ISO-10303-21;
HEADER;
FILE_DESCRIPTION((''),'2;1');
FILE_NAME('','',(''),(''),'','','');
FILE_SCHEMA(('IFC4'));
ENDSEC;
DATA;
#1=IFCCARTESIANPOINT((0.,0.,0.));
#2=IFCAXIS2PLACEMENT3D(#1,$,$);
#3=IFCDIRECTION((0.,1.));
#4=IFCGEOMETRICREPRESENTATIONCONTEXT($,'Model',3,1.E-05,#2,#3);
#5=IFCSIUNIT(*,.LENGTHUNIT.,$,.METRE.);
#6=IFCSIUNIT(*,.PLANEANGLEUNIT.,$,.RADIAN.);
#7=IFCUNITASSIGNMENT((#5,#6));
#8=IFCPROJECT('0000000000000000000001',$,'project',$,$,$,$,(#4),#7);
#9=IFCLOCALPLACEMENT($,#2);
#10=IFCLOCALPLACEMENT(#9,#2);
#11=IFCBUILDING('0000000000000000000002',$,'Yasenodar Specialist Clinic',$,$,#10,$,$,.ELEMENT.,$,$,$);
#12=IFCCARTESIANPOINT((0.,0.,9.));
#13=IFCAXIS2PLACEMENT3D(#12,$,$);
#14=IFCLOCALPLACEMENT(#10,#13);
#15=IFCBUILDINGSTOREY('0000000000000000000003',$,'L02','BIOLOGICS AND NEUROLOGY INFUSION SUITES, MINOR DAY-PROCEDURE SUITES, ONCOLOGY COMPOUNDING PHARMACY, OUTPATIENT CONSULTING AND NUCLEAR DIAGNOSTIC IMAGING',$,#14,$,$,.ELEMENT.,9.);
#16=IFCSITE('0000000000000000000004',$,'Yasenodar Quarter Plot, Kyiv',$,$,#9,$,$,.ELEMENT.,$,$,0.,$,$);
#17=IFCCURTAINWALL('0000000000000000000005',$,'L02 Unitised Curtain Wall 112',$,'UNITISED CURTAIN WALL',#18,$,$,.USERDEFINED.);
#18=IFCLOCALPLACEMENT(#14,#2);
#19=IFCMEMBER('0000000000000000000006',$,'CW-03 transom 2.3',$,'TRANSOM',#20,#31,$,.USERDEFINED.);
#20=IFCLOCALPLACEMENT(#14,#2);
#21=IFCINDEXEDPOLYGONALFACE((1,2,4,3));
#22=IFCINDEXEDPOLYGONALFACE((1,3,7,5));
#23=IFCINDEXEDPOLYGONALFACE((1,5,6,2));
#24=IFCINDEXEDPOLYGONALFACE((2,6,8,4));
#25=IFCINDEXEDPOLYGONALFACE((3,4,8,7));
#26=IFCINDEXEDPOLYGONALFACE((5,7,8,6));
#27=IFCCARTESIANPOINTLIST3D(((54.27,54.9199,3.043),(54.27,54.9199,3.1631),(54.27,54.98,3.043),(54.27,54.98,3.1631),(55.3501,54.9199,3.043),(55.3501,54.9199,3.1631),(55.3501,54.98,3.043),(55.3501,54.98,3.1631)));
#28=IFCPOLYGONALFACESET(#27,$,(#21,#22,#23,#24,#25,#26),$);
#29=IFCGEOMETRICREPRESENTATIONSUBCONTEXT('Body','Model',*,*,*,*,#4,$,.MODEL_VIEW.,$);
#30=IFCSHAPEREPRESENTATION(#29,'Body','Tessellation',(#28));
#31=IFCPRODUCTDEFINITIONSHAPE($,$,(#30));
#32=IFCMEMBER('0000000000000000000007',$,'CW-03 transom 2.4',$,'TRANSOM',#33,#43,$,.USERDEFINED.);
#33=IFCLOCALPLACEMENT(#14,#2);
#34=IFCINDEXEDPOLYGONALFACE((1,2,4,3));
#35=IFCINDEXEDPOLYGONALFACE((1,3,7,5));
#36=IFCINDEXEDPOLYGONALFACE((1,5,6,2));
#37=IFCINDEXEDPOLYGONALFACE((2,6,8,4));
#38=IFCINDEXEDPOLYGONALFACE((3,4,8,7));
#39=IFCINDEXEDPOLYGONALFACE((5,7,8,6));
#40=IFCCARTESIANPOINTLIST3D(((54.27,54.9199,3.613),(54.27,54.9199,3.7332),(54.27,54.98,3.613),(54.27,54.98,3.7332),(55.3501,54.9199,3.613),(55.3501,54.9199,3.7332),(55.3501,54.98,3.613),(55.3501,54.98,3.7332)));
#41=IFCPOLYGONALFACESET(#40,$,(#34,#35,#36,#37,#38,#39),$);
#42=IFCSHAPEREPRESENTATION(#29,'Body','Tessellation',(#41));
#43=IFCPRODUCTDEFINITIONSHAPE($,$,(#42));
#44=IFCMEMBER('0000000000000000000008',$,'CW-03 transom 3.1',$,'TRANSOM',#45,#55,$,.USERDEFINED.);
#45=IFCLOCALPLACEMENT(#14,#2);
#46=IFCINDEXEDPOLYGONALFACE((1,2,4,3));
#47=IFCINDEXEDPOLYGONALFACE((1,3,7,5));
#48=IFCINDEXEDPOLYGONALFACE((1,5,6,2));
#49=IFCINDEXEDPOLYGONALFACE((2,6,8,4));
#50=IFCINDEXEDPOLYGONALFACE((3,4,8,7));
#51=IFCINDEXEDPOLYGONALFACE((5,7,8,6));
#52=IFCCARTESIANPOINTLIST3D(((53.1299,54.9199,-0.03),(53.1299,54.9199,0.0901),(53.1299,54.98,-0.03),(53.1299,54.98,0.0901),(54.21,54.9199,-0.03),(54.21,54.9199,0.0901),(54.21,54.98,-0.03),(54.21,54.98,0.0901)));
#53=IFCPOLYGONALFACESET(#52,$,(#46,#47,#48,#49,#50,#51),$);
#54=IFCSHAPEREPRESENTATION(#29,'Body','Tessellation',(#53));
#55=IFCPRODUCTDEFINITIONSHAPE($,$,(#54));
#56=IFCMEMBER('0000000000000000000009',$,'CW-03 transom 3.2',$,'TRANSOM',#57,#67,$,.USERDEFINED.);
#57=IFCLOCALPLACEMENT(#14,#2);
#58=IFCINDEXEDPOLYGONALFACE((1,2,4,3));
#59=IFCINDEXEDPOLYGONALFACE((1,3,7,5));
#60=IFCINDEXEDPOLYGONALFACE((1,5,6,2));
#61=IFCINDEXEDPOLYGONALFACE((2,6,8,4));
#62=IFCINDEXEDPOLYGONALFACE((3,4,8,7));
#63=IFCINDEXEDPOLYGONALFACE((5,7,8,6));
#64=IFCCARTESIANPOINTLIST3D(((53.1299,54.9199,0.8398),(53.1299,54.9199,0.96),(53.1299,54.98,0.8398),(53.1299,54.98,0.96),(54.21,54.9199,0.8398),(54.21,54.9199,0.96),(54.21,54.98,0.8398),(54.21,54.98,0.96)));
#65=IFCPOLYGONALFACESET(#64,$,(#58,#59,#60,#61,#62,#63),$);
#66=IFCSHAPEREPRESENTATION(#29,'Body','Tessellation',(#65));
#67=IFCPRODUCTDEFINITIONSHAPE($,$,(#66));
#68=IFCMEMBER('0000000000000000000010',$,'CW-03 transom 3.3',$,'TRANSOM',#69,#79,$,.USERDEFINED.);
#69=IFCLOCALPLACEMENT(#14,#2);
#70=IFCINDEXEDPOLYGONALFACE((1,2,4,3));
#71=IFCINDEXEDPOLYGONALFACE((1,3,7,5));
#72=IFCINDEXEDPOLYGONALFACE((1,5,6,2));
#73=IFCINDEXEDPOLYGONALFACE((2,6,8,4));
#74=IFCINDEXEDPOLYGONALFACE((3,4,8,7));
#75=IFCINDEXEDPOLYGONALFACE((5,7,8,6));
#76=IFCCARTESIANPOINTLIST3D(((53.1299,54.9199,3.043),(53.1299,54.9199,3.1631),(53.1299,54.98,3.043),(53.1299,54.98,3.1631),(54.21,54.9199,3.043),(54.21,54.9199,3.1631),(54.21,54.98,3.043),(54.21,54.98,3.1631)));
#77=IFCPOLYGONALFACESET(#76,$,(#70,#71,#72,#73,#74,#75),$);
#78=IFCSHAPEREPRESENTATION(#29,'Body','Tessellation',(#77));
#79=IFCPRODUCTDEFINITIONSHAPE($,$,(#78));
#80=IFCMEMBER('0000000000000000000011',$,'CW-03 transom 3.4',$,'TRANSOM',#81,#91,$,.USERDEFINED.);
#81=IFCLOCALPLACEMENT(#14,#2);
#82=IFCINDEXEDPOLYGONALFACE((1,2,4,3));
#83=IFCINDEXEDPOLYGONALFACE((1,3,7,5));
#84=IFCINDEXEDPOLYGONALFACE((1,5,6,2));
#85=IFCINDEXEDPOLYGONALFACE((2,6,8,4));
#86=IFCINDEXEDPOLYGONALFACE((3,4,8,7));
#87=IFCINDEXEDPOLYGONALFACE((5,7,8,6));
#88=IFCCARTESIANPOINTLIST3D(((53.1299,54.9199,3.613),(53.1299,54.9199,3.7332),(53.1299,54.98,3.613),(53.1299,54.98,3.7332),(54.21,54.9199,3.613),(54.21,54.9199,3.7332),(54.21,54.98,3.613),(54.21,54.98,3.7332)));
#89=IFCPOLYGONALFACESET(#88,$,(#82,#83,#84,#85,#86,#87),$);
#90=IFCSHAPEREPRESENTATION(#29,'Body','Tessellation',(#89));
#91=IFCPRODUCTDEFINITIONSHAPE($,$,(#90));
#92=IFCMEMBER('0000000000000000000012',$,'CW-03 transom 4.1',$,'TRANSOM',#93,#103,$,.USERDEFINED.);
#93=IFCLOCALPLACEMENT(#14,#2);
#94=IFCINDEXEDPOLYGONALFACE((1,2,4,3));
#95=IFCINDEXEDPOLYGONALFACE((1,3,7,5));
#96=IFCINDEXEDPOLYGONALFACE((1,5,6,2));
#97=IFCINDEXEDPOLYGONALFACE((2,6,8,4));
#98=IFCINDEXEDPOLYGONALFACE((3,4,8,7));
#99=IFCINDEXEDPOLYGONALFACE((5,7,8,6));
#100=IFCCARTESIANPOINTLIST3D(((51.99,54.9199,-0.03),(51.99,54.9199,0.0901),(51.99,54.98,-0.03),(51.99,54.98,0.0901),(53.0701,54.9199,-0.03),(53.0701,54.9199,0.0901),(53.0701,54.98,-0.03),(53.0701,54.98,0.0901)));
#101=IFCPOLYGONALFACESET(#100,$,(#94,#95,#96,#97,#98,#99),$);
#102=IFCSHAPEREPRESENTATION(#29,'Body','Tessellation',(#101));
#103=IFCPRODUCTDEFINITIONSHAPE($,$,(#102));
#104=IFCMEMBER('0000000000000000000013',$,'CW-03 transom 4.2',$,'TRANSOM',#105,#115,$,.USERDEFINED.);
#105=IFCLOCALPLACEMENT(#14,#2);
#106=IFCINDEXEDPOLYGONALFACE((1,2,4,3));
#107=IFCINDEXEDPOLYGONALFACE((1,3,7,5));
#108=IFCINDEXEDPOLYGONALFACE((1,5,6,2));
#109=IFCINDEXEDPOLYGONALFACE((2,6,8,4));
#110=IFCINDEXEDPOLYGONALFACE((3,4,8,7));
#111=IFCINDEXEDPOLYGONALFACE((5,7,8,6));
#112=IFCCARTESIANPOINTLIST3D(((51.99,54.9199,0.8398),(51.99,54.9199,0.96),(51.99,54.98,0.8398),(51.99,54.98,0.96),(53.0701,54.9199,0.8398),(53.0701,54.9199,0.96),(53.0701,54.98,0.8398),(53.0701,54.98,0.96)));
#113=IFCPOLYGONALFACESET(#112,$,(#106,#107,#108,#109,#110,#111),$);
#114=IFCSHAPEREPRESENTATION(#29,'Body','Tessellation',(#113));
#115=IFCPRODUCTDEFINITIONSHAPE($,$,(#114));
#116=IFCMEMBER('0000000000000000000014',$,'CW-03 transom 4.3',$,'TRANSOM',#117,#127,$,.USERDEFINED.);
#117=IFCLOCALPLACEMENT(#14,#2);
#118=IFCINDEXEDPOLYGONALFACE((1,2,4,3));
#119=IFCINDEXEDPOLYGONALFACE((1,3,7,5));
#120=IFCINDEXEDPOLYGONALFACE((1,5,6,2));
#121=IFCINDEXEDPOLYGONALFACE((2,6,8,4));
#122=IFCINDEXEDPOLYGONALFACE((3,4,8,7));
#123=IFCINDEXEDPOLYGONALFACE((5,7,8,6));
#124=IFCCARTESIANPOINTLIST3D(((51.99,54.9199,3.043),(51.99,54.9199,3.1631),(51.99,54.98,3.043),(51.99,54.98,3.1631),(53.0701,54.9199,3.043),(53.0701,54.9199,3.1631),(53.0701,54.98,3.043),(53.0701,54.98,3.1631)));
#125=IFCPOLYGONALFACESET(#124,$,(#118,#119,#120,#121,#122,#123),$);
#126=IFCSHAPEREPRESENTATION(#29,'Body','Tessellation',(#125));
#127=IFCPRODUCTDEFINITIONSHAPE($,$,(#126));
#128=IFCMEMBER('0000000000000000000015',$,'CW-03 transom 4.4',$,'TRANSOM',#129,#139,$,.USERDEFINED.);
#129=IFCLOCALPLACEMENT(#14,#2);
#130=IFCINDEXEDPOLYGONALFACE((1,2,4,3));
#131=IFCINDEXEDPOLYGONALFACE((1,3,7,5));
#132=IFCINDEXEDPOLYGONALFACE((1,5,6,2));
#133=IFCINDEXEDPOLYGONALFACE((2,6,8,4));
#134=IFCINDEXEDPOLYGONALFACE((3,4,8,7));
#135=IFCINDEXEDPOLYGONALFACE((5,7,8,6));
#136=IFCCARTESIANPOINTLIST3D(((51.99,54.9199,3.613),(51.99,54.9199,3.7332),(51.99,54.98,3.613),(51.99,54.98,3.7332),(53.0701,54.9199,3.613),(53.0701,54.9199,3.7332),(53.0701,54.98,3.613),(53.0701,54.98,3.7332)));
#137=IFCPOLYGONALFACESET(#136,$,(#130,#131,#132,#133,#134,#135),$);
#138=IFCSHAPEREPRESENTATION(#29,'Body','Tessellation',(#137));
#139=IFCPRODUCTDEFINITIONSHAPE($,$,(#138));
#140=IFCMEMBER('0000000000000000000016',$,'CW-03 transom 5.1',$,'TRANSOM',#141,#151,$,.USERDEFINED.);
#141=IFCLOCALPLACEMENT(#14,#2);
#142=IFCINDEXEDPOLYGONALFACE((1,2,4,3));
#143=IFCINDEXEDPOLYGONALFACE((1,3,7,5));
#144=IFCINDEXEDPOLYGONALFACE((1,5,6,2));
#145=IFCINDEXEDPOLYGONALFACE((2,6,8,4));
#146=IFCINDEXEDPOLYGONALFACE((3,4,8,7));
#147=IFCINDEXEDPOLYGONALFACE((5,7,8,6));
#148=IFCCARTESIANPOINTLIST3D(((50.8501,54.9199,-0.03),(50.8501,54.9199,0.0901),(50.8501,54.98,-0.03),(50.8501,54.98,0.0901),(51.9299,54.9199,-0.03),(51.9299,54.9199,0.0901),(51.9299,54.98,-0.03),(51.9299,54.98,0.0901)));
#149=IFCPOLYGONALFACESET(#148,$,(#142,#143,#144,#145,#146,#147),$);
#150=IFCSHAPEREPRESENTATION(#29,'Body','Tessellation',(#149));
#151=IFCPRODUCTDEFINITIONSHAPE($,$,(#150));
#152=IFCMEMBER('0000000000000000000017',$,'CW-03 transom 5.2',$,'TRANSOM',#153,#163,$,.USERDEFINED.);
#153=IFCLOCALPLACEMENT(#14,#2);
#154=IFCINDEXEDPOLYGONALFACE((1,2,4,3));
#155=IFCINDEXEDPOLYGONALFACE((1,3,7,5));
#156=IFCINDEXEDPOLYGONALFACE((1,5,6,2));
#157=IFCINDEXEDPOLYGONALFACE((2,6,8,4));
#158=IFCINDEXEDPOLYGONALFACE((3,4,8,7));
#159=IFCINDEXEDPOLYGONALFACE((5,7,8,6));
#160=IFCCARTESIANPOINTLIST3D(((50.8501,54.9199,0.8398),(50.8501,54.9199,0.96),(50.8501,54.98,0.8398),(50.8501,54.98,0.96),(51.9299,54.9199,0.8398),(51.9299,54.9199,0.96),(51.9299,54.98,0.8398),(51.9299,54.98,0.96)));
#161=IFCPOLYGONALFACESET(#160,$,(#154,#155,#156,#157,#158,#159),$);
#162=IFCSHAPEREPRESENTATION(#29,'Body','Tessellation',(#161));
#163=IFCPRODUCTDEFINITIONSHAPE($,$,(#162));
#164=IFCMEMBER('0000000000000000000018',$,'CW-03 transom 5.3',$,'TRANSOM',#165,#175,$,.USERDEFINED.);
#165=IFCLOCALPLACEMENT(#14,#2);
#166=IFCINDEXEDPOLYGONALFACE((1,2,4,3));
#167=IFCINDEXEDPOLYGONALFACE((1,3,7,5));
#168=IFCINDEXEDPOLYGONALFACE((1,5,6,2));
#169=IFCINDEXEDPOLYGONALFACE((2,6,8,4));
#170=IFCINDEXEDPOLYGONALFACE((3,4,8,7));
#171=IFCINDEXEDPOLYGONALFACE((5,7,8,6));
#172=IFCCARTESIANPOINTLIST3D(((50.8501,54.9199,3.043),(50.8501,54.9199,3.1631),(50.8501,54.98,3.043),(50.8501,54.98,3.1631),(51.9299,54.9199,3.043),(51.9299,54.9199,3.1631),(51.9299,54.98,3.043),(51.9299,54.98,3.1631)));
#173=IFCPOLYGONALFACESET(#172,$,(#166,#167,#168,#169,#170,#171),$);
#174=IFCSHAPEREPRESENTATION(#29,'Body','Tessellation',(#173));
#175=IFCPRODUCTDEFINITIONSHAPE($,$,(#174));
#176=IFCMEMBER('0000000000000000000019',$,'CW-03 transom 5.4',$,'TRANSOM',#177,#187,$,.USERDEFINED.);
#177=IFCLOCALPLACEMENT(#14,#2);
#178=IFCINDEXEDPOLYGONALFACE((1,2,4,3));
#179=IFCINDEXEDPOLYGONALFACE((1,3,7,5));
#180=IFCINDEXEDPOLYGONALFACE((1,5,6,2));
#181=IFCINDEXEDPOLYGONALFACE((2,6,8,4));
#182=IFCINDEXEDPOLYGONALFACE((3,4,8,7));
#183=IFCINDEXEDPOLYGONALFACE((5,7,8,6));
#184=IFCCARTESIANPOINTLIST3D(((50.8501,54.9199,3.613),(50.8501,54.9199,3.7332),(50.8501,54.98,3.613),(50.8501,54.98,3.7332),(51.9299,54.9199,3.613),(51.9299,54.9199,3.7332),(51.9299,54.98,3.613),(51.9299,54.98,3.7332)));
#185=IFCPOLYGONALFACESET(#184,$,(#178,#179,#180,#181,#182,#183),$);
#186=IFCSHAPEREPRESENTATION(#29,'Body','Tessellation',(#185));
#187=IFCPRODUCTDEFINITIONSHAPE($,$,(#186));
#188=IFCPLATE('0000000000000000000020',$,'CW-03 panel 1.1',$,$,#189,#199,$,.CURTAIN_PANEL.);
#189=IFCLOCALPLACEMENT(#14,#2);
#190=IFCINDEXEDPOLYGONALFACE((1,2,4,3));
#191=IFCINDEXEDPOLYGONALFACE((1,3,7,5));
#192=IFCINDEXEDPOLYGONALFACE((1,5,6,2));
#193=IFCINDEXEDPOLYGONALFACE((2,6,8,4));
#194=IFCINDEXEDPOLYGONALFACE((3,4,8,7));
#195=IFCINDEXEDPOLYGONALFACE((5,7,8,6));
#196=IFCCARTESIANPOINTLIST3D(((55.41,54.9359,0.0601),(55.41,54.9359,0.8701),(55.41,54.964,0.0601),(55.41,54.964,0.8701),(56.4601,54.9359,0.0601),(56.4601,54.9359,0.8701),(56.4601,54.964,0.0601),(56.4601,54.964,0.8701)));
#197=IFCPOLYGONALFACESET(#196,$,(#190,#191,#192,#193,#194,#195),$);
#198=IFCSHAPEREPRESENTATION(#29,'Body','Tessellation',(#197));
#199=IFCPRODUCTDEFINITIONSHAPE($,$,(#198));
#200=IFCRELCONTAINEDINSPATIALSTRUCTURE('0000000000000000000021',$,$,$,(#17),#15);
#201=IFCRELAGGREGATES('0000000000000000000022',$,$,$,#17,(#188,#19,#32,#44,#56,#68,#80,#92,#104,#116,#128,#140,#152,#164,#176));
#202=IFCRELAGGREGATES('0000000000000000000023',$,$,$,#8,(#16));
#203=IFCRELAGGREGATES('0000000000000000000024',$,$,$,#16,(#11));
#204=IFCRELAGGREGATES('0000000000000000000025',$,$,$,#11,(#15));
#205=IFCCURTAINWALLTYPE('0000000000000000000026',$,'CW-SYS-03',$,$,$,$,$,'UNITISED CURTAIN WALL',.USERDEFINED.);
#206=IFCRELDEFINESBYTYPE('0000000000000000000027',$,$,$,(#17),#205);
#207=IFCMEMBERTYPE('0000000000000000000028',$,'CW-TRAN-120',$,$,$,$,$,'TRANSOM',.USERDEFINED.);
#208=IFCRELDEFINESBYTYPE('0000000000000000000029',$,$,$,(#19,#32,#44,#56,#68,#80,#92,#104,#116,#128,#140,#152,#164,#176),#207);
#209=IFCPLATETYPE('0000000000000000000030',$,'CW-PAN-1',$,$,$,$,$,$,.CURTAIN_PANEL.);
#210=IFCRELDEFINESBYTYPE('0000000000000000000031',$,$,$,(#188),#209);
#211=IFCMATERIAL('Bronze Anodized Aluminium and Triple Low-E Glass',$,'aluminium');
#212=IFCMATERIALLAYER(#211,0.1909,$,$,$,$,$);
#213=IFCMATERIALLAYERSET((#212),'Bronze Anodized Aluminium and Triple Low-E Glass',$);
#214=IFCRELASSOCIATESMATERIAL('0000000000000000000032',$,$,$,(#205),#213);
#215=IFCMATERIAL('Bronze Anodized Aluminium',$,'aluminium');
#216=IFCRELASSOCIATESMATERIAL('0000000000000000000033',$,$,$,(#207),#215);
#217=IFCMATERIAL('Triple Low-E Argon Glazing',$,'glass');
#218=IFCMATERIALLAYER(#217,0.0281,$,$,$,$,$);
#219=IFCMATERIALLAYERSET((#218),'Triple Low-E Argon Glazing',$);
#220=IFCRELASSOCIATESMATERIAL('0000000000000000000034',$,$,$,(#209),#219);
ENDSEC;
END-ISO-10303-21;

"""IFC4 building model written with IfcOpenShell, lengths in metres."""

from ifc_helpers import new_model, si_unit, direction, frame, origin, origin_2d, place, context, subcontext, project, spatial, rectangle, extrude, material, layer, layer_set, material_profile, profile_set, type_object, element, aggregate, save


model = new_model("IFC4")

# Units and contexts
model_context = context("Model", 3, precision=1e-05, world=origin(), true_north=direction((0.0, 1.0)))
body_context = subcontext(model_context, "Body", "Model", "MODEL_VIEW")
ifc_project = project(units=[si_unit("LENGTHUNIT", "METRE"), si_unit("PLANEANGLEUNIT", "RADIAN")], contexts=[model_context])

# Site, building, storey
site_placement = place(None, origin())
site = spatial("IfcSite", under=ifc_project, at=site_placement, Name="Yasenodar Quarter Plot, Kyiv", CompositionType="ELEMENT", RefElevation=0.0)
building_placement = place(site_placement, origin())
building = spatial("IfcBuilding", under=site, at=building_placement, Name="Yasenodar Specialist Clinic", CompositionType="ELEMENT")
storey_placement = place(building_placement, frame((0.0, 0.0, 9.0)))
storey = spatial("IfcBuildingStorey", under=building, at=storey_placement, Name="L02", Description="BIOLOGICS AND NEUROLOGY INFUSION SUITES, MINOR DAY-PROCEDURE SUITES, ONCOLOGY COMPOUNDING PHARMACY, OUTPATIENT CONSULTING AND NUCLEAR DIAGNOSTIC IMAGING", CompositionType="ELEMENT", Elevation=9.0)

# Curtain wall, members, plate
ifc_material_1 = material(Name="Bronze Anodized Aluminium and Triple Low-E Glass", Category="aluminium")
ifc_layer_1 = layer(ifc_material_1, 0.1909)
ifc_layer_set_1 = layer_set([ifc_layer_1], Name="Bronze Anodized Aluminium and Triple Low-E Glass")
curtain_wall_type = type_object("IfcCurtainWallType", Name="CW-SYS-03", ElementType="UNITISED CURTAIN WALL", PredefinedType="USERDEFINED", material=ifc_layer_set_1)
curtain_wall_placement = place(storey_placement, origin())
curtain_wall = element("IfcCurtainWall", 1, at=curtain_wall_placement, inside=storey, type_object=curtain_wall_type, Name="L02 Unitised Curtain Wall 112", ObjectType="UNITISED CURTAIN WALL", PredefinedType="USERDEFINED")
ifc_material_2 = material(Name="Bronze Anodized Aluminium", Category="aluminium")
ifc_material_profile_1 = material_profile(ifc_material_2, rectangle(XDim=0.0601, YDim=0.1201, at=origin_2d()), Name="CW-TRAN 60x120")
ifc_profile_set_1 = profile_set([ifc_material_profile_1], Name="Bronze Anodized Aluminium")
member_type_1 = type_object("IfcMemberType", Name="CW-TRAN-120", ElementType="TRANSOM", PredefinedType="USERDEFINED", material=ifc_profile_set_1)
member_1_placement = place(storey_placement, frame((55.3501, 54.95, 3.103), z_axis=(-1.0, 0.0, 0.0), x_axis=(0.0, -1.0, 0.0)))
member_1 = element("IfcMember", 2, at=member_1_placement, type_object=member_type_1, Name="CW-03 transom 2.3", ObjectType="TRANSOM", PredefinedType="USERDEFINED", context=body_context, shape_type="SweptSolid", body=[
    extrude(rectangle(XDim=0.0601, YDim=0.1201, at=origin_2d()), origin(), (0.0, 0.0, 1.0), 1.0801),
])
member_2_placement = place(storey_placement, frame((55.3501, 54.95, 3.6731), z_axis=(-1.0, 0.0, 0.0), x_axis=(0.0, -1.0, 0.0)))
member_2 = element("IfcMember", 3, at=member_2_placement, type_object=member_type_1, Name="CW-03 transom 2.4", ObjectType="TRANSOM", PredefinedType="USERDEFINED", context=body_context, shape_type="SweptSolid", body=[
    extrude(rectangle(XDim=0.0601, YDim=0.1201, at=origin_2d()), origin(), (0.0, 0.0, 1.0), 1.0801),
])
member_3_placement = place(storey_placement, frame((54.21, 54.95, 0.03), z_axis=(-1.0, 0.0, 0.0), x_axis=(0.0, -1.0, 0.0)))
member_3 = element("IfcMember", 4, at=member_3_placement, type_object=member_type_1, Name="CW-03 transom 3.1", ObjectType="TRANSOM", PredefinedType="USERDEFINED", context=body_context, shape_type="SweptSolid", body=[
    extrude(rectangle(XDim=0.0601, YDim=0.1201, at=origin_2d()), origin(), (0.0, 0.0, 1.0), 1.0801),
])
member_4_placement = place(storey_placement, frame((54.21, 54.95, 0.8999), z_axis=(-1.0, 0.0, 0.0), x_axis=(0.0, -1.0, 0.0)))
member_4 = element("IfcMember", 5, at=member_4_placement, type_object=member_type_1, Name="CW-03 transom 3.2", ObjectType="TRANSOM", PredefinedType="USERDEFINED", context=body_context, shape_type="SweptSolid", body=[
    extrude(rectangle(XDim=0.0601, YDim=0.1201, at=origin_2d()), origin(), (0.0, 0.0, 1.0), 1.0801),
])
member_5_placement = place(storey_placement, frame((54.21, 54.95, 3.103), z_axis=(-1.0, 0.0, 0.0), x_axis=(0.0, -1.0, 0.0)))
member_5 = element("IfcMember", 6, at=member_5_placement, type_object=member_type_1, Name="CW-03 transom 3.3", ObjectType="TRANSOM", PredefinedType="USERDEFINED", context=body_context, shape_type="SweptSolid", body=[
    extrude(rectangle(XDim=0.0601, YDim=0.1201, at=origin_2d()), origin(), (0.0, 0.0, 1.0), 1.0801),
])
member_6_placement = place(storey_placement, frame((54.21, 54.95, 3.6731), z_axis=(-1.0, 0.0, 0.0), x_axis=(0.0, -1.0, 0.0)))
member_6 = element("IfcMember", 7, at=member_6_placement, type_object=member_type_1, Name="CW-03 transom 3.4", ObjectType="TRANSOM", PredefinedType="USERDEFINED", context=body_context, shape_type="SweptSolid", body=[
    extrude(rectangle(XDim=0.0601, YDim=0.1201, at=origin_2d()), origin(), (0.0, 0.0, 1.0), 1.0801),
])
member_7_placement = place(storey_placement, frame((53.0701, 54.95, 0.03), z_axis=(-1.0, 0.0, 0.0), x_axis=(0.0, -1.0, 0.0)))
member_7 = element("IfcMember", 8, at=member_7_placement, type_object=member_type_1, Name="CW-03 transom 4.1", ObjectType="TRANSOM", PredefinedType="USERDEFINED", context=body_context, shape_type="SweptSolid", body=[
    extrude(rectangle(XDim=0.0601, YDim=0.1201, at=origin_2d()), origin(), (0.0, 0.0, 1.0), 1.0801),
])
member_8_placement = place(storey_placement, frame((53.0701, 54.95, 0.8999), z_axis=(-1.0, 0.0, 0.0), x_axis=(0.0, -1.0, 0.0)))
member_8 = element("IfcMember", 9, at=member_8_placement, type_object=member_type_1, Name="CW-03 transom 4.2", ObjectType="TRANSOM", PredefinedType="USERDEFINED", context=body_context, shape_type="SweptSolid", body=[
    extrude(rectangle(XDim=0.0601, YDim=0.1201, at=origin_2d()), origin(), (0.0, 0.0, 1.0), 1.0801),
])
member_9_placement = place(storey_placement, frame((53.0701, 54.95, 3.103), z_axis=(-1.0, 0.0, 0.0), x_axis=(0.0, -1.0, 0.0)))
member_9 = element("IfcMember", 10, at=member_9_placement, type_object=member_type_1, Name="CW-03 transom 4.3", ObjectType="TRANSOM", PredefinedType="USERDEFINED", context=body_context, shape_type="SweptSolid", body=[
    extrude(rectangle(XDim=0.0601, YDim=0.1201, at=origin_2d()), origin(), (0.0, 0.0, 1.0), 1.0801),
])
member_10_placement = place(storey_placement, frame((53.0701, 54.95, 3.6731), z_axis=(-1.0, 0.0, 0.0), x_axis=(0.0, -1.0, 0.0)))
member_10 = element("IfcMember", 11, at=member_10_placement, type_object=member_type_1, Name="CW-03 transom 4.4", ObjectType="TRANSOM", PredefinedType="USERDEFINED", context=body_context, shape_type="SweptSolid", body=[
    extrude(rectangle(XDim=0.0601, YDim=0.1201, at=origin_2d()), origin(), (0.0, 0.0, 1.0), 1.0801),
])
member_11_placement = place(storey_placement, frame((51.9299, 54.95, 0.03), z_axis=(-1.0, 0.0, 0.0), x_axis=(0.0, -1.0, 0.0)))
member_11 = element("IfcMember", 12, at=member_11_placement, type_object=member_type_1, Name="CW-03 transom 5.1", ObjectType="TRANSOM", PredefinedType="USERDEFINED", context=body_context, shape_type="SweptSolid", body=[
    extrude(rectangle(XDim=0.0601, YDim=0.1201, at=origin_2d()), origin(), (0.0, 0.0, 1.0), 1.0798),
])
member_12_placement = place(storey_placement, frame((51.9299, 54.95, 0.8999), z_axis=(-1.0, 0.0, 0.0), x_axis=(0.0, -1.0, 0.0)))
member_12 = element("IfcMember", 13, at=member_12_placement, type_object=member_type_1, Name="CW-03 transom 5.2", ObjectType="TRANSOM", PredefinedType="USERDEFINED", context=body_context, shape_type="SweptSolid", body=[
    extrude(rectangle(XDim=0.0601, YDim=0.1201, at=origin_2d()), origin(), (0.0, 0.0, 1.0), 1.0798),
])
member_13_placement = place(storey_placement, frame((51.9299, 54.95, 3.103), z_axis=(-1.0, 0.0, 0.0), x_axis=(0.0, -1.0, 0.0)))
member_13 = element("IfcMember", 14, at=member_13_placement, type_object=member_type_1, Name="CW-03 transom 5.3", ObjectType="TRANSOM", PredefinedType="USERDEFINED", context=body_context, shape_type="SweptSolid", body=[
    extrude(rectangle(XDim=0.0601, YDim=0.1201, at=origin_2d()), origin(), (0.0, 0.0, 1.0), 1.0798),
])
member_14_placement = place(storey_placement, frame((51.9299, 54.95, 3.6731), z_axis=(-1.0, 0.0, 0.0), x_axis=(0.0, -1.0, 0.0)))
member_14 = element("IfcMember", 15, at=member_14_placement, type_object=member_type_1, Name="CW-03 transom 5.4", ObjectType="TRANSOM", PredefinedType="USERDEFINED", context=body_context, shape_type="SweptSolid", body=[
    extrude(rectangle(XDim=0.0601, YDim=0.1201, at=origin_2d()), origin(), (0.0, 0.0, 1.0), 1.0798),
])
ifc_material_3 = material(Name="Triple Low-E Argon Glazing", Category="glass")
ifc_layer_2 = layer(ifc_material_3, 0.0281)
ifc_layer_set_2 = layer_set([ifc_layer_2], Name="Triple Low-E Argon Glazing")
plate_type = type_object("IfcPlateType", Name="CW-PAN-1", PredefinedType="CURTAIN_PANEL", material=ifc_layer_set_2)
plate_1_placement = place(storey_placement, frame((55.9351, 54.95, 0.0601), z_axis=(0.0, 0.0, 1.0), x_axis=(-1.0, 0.0, 0.0)))
plate_1 = element("IfcPlate", 16, at=plate_1_placement, type_object=plate_type, Name="CW-03 panel 1.1", PredefinedType="CURTAIN_PANEL", context=body_context, shape_type="SweptSolid", body=[
    extrude(rectangle(XDim=1.05, YDim=0.0281, at=origin_2d()), origin(), (0.0, 0.0, 1.0), 0.8101),
])
aggregate(curtain_wall, [plate_1, member_1, member_2, member_3, member_4, member_5, member_6, member_7, member_8, member_9, member_10, member_11, member_12, member_13, member_14])

save(model, "model.ifc")
